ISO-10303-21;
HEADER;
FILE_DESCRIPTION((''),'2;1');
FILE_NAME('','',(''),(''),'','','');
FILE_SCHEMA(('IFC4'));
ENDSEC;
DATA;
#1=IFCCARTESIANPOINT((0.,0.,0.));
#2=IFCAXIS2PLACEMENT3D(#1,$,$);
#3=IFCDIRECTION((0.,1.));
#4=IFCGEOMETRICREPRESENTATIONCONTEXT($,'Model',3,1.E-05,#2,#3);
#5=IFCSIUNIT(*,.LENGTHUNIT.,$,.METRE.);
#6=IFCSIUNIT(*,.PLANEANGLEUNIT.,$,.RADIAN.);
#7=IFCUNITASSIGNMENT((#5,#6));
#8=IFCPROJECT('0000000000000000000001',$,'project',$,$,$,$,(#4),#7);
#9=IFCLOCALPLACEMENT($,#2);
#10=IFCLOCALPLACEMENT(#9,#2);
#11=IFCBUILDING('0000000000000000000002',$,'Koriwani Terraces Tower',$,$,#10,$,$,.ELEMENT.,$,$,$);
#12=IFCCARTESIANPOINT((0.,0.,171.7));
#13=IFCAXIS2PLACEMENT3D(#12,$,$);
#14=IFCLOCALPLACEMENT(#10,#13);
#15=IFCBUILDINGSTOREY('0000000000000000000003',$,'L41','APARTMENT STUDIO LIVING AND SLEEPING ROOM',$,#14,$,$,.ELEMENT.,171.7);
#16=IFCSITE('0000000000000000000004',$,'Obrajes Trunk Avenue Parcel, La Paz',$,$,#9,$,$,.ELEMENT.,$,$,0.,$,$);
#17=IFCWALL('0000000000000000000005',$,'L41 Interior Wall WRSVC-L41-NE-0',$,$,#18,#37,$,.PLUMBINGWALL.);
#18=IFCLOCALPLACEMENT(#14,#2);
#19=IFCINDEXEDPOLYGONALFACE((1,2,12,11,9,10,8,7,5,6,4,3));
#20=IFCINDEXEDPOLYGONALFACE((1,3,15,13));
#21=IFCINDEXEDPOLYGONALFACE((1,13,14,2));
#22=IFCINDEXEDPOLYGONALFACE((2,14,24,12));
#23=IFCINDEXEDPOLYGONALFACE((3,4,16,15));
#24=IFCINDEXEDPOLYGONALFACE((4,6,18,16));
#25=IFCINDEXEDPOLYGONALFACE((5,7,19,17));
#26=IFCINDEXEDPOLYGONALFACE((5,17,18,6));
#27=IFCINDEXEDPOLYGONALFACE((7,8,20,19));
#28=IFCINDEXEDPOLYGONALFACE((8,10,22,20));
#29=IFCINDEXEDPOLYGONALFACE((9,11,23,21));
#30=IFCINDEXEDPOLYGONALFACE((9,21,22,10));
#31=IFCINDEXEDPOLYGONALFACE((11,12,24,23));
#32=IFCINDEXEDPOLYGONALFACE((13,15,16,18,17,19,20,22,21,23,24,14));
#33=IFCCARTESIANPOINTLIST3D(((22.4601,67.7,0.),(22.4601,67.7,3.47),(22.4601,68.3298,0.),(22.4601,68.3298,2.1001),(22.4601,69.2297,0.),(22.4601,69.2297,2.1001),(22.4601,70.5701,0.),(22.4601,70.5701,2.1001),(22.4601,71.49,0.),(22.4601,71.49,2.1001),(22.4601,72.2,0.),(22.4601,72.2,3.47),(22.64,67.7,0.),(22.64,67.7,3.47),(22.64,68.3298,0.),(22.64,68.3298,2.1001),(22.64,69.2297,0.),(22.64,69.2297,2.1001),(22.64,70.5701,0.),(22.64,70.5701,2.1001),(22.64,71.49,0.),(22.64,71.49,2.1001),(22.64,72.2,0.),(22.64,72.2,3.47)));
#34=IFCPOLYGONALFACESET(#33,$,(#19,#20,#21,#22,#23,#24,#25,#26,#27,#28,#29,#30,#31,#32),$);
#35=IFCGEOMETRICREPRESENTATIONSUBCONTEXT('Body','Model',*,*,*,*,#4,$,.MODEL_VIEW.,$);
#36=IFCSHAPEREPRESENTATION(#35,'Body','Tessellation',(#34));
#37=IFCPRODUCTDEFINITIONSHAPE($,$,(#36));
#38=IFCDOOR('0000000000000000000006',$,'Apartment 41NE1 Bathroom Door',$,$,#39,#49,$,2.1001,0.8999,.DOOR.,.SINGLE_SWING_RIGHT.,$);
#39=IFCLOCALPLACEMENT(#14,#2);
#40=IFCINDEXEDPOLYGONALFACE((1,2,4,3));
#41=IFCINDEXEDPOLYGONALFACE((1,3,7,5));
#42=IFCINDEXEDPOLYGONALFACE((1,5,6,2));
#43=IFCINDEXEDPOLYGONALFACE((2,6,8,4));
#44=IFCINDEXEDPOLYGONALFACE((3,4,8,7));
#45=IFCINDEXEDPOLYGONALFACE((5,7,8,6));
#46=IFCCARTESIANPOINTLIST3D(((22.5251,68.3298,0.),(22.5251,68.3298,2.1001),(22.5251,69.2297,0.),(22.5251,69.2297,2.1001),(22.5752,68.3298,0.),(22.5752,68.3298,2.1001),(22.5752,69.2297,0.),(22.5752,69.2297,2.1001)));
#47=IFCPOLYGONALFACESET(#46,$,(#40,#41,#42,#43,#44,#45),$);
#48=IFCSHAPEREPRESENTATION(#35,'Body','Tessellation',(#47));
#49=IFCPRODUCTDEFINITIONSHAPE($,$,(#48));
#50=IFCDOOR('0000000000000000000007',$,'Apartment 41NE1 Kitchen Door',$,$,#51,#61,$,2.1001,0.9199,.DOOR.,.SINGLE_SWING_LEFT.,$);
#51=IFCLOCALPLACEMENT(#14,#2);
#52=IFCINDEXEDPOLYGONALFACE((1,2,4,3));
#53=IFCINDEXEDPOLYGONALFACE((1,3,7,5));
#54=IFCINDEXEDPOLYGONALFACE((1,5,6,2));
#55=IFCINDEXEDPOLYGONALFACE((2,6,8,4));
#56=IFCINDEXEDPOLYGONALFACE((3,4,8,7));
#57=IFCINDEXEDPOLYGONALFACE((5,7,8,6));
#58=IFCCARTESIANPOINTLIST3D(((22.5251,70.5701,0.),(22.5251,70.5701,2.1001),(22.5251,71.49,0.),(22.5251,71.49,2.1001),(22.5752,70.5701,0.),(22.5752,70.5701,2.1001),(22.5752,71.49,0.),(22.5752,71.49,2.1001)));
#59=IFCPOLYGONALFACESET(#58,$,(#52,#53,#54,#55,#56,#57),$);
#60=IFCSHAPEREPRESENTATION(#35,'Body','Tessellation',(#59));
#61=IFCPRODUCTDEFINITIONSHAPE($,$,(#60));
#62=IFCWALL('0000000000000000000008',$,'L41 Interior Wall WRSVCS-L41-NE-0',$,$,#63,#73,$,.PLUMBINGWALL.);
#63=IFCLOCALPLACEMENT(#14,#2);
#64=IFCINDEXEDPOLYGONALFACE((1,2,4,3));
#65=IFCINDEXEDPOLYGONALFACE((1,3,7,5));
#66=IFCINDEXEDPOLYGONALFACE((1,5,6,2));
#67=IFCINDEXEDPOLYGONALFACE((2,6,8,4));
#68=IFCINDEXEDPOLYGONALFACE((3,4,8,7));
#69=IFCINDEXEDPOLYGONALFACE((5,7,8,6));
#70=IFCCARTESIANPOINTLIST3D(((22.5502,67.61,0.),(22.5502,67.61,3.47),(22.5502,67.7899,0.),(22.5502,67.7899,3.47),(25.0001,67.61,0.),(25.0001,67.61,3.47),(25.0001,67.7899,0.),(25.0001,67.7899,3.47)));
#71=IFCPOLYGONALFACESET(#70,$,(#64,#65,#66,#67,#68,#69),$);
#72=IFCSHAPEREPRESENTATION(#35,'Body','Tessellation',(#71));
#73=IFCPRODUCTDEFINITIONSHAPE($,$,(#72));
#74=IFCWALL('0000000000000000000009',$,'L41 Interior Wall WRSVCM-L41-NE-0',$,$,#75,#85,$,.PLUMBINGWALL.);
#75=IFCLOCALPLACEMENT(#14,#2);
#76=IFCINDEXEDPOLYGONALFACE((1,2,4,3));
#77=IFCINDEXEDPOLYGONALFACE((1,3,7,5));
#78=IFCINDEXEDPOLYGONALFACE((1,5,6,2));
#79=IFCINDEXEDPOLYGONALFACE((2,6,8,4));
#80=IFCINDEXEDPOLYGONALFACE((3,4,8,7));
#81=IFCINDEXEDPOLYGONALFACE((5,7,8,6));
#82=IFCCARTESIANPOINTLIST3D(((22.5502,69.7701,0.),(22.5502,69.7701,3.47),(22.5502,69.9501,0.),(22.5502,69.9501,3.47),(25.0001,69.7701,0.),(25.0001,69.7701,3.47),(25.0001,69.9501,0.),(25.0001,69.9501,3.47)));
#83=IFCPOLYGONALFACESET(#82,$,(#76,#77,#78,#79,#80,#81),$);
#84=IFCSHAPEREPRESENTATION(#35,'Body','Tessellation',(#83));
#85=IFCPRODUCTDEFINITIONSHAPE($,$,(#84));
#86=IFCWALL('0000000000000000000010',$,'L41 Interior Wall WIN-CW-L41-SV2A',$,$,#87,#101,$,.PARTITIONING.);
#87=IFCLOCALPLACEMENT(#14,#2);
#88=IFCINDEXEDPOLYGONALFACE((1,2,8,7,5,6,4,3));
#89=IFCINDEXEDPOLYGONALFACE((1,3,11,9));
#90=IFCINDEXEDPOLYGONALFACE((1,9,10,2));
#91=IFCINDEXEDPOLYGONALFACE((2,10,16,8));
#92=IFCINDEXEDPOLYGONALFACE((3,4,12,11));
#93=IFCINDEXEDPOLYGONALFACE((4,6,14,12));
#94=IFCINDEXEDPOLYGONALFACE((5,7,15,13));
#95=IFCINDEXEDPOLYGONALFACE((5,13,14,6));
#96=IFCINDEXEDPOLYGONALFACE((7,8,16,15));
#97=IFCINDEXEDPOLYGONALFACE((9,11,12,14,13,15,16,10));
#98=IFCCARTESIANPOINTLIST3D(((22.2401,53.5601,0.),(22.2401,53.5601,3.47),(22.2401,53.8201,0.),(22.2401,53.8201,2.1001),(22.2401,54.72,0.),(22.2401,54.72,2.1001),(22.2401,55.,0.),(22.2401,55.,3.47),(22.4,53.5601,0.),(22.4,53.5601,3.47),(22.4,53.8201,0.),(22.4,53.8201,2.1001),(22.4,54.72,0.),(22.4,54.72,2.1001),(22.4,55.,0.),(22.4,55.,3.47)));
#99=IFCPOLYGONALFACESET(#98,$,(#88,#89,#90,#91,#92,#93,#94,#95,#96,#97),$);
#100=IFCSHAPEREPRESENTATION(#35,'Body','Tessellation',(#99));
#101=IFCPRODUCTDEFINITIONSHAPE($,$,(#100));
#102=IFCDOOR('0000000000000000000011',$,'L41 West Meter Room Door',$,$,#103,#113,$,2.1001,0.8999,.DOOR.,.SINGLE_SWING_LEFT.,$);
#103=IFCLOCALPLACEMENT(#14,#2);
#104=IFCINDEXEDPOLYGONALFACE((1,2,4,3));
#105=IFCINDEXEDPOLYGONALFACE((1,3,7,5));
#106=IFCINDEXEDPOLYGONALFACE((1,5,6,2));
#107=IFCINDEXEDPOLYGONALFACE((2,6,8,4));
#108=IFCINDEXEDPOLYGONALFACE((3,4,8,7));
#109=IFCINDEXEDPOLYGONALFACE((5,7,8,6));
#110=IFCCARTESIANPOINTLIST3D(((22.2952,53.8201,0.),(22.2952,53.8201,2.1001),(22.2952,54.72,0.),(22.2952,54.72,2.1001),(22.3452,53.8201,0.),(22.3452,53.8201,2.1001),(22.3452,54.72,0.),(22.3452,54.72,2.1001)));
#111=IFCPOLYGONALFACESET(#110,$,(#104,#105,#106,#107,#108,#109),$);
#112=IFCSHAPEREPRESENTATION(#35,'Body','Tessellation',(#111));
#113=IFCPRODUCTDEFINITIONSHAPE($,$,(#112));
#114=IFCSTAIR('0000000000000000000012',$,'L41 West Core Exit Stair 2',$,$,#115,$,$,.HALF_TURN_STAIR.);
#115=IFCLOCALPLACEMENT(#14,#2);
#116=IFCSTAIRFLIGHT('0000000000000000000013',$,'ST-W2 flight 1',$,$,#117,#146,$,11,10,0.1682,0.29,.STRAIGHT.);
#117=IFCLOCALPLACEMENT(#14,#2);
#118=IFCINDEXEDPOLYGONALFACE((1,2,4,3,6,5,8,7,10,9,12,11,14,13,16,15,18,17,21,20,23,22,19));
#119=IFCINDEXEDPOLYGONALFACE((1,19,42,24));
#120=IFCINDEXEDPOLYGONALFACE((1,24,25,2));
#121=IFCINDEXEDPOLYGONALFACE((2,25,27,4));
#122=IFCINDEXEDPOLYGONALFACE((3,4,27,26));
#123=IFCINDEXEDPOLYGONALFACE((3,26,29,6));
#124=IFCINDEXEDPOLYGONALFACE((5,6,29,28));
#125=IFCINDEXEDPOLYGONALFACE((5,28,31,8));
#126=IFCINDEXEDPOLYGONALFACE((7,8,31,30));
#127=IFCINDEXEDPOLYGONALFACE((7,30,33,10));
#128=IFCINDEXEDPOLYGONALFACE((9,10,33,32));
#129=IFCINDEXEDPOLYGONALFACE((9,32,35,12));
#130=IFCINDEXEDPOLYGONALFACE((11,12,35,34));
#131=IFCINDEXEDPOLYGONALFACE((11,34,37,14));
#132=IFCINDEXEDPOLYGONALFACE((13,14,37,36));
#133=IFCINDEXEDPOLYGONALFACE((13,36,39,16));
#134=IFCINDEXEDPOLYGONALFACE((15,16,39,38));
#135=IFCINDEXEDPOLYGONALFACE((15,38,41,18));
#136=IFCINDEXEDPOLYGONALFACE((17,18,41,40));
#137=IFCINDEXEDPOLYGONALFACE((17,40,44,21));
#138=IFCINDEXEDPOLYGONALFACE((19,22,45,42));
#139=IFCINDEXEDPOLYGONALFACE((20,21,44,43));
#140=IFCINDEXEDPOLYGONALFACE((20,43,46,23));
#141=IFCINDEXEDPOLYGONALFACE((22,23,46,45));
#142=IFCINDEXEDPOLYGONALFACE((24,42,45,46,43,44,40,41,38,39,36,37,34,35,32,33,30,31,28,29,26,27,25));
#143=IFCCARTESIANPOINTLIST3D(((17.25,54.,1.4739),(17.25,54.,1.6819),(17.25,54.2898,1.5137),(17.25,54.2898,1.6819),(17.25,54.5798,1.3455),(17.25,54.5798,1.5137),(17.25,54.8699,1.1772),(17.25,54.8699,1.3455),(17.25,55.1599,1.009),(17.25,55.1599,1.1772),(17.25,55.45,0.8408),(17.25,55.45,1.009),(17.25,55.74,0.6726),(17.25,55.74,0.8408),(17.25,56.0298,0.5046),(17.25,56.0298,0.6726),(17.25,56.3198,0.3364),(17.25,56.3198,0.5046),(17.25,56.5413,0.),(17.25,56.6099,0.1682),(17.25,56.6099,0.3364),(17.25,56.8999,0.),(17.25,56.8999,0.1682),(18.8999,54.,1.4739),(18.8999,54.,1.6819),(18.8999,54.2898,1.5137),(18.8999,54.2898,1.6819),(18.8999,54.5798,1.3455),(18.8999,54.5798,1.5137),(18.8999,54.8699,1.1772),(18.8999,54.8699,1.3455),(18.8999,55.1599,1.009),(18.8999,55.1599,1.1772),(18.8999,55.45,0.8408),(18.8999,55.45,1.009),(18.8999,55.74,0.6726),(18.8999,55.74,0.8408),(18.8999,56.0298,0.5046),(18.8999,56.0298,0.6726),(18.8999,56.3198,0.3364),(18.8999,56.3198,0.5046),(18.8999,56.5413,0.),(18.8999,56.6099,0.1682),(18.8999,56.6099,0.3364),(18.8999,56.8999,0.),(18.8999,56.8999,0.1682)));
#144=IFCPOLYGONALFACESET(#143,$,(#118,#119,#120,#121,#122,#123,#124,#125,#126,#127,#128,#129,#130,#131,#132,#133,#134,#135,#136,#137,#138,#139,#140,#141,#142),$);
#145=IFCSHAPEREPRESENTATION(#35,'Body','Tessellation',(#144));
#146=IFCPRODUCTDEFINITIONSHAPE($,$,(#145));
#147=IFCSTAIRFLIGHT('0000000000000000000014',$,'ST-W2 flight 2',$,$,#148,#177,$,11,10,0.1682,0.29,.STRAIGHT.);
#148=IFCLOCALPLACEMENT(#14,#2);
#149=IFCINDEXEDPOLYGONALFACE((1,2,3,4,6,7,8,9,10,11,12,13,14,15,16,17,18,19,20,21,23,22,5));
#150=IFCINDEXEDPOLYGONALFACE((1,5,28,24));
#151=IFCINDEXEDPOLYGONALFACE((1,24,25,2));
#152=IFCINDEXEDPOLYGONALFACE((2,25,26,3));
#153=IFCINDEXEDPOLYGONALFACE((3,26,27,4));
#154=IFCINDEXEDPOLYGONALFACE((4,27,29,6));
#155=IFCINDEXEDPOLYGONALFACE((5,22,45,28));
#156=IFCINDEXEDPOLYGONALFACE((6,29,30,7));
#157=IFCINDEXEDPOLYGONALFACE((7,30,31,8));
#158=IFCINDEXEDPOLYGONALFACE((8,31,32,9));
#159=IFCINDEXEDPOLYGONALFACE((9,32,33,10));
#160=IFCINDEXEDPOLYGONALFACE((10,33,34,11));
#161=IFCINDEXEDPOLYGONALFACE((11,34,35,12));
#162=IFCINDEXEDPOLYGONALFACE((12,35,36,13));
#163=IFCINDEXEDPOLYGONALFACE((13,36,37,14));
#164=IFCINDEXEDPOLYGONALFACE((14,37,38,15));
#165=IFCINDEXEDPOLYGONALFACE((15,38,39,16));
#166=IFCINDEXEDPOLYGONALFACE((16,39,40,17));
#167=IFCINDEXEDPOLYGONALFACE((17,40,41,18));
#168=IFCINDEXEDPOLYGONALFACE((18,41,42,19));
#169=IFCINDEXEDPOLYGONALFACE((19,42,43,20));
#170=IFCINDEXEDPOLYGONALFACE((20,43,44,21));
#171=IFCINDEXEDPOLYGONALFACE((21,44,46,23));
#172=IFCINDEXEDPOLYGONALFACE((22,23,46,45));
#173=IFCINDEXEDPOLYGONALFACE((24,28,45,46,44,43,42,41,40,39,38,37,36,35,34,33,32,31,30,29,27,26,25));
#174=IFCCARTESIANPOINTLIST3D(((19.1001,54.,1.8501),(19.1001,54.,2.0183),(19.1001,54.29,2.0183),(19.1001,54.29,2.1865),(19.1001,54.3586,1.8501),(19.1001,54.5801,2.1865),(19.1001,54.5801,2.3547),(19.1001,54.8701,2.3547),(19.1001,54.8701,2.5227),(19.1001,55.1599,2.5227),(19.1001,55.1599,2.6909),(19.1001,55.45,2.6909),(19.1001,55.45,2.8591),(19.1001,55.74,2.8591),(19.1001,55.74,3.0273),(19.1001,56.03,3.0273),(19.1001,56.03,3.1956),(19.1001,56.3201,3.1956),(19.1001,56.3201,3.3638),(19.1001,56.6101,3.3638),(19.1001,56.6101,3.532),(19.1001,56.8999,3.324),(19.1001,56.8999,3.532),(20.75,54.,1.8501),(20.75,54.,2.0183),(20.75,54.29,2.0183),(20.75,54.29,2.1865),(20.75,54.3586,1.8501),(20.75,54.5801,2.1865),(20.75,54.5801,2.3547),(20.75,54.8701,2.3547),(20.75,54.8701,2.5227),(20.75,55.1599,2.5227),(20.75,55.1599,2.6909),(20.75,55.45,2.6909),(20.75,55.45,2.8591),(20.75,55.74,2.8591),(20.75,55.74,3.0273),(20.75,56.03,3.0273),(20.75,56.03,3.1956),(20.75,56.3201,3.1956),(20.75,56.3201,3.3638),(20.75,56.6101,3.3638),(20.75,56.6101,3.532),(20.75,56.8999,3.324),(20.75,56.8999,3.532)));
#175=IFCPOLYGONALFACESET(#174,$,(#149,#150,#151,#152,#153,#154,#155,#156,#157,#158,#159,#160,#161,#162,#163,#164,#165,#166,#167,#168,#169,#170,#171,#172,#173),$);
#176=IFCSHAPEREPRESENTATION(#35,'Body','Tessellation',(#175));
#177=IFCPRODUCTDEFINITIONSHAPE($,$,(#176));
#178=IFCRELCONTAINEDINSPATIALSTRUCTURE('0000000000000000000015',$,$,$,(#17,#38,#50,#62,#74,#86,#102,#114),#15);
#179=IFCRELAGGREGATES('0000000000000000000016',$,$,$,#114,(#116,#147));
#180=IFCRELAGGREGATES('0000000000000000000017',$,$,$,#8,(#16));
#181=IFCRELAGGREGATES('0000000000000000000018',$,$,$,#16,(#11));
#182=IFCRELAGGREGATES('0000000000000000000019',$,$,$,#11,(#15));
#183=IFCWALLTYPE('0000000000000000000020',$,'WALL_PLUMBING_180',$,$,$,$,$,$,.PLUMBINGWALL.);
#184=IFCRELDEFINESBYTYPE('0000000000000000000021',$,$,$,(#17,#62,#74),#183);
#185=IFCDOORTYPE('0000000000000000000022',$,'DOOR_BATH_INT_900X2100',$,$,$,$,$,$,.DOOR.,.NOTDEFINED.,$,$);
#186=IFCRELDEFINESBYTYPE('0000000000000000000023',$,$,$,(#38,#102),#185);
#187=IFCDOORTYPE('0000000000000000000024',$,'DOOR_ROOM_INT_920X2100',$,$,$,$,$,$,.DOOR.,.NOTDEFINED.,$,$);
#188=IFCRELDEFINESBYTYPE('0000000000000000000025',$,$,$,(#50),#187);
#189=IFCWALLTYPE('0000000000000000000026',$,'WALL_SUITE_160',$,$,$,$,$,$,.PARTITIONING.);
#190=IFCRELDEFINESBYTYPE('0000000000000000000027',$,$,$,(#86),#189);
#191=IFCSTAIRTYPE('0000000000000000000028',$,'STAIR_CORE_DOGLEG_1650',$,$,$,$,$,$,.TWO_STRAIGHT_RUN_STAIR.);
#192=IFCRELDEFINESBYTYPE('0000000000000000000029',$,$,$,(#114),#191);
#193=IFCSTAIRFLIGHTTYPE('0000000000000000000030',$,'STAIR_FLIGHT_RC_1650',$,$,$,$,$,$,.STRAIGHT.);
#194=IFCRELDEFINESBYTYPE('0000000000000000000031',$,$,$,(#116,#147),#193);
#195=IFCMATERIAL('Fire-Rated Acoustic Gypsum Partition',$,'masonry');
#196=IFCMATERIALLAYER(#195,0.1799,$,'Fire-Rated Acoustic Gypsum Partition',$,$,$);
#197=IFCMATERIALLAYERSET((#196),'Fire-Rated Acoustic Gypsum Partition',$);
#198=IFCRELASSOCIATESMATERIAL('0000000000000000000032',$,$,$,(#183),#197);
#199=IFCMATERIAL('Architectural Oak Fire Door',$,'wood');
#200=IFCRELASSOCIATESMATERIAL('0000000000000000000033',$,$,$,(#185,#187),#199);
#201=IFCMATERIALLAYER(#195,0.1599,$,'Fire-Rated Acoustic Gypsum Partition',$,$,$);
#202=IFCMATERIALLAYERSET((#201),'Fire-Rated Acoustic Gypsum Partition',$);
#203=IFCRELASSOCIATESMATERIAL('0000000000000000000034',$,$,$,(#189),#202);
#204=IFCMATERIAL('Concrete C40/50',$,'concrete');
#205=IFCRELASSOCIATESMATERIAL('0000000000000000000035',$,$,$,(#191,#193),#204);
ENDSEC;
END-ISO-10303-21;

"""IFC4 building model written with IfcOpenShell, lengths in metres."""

from ifc_helpers import new_model, si_unit, direction, frame, frame_2d, origin, place, context, subcontext, project, spatial, polyline, rectangle, outline, extrude, material, layer, layer_set, type_object, element, fill, aggregate, save


model = new_model("IFC4")

# Units and contexts
model_context = context("Model", 3, precision=1e-05, world=origin(), true_north=direction((0.0, 1.0)))
body_context = subcontext(model_context, "Body", "Model", "MODEL_VIEW")
ifc_project = project(units=[si_unit("LENGTHUNIT", "METRE"), si_unit("PLANEANGLEUNIT", "RADIAN")], contexts=[model_context])

# Site, building, storey
site_placement = place(None, origin())
site = spatial("IfcSite", under=ifc_project, at=site_placement, Name="Obrajes Trunk Avenue Parcel, La Paz", CompositionType="ELEMENT", RefElevation=0.0)
building_placement = place(site_placement, origin())
building = spatial("IfcBuilding", under=site, at=building_placement, Name="Koriwani Terraces Tower", CompositionType="ELEMENT")
storey_placement = place(building_placement, frame((0.0, 0.0, 171.7)))
storey = spatial("IfcBuildingStorey", under=building, at=storey_placement, Name="L41", Description="APARTMENT STUDIO LIVING AND SLEEPING ROOM", CompositionType="ELEMENT", Elevation=171.7)

# Shared definitions
ifc_material_1 = material(Name="Concrete C40/50", Category="concrete")

# Shared definitions
ifc_material_2 = material(Name="Architectural Oak Fire Door", Category="wood")

# Wall, openings, doors
ifc_material_3 = material(Name="Fire-Rated Acoustic Gypsum Partition", Category="masonry")
ifc_layer_1 = layer(ifc_material_3, 0.1799, Name="Fire-Rated Acoustic Gypsum Partition")
ifc_layer_set_1 = layer_set([ifc_layer_1], Name="Fire-Rated Acoustic Gypsum Partition")
wall_type_1 = type_object("IfcWallType", Name="WALL_PLUMBING_180", PredefinedType="PLUMBINGWALL", material=ifc_layer_set_1)
wall_1_placement = place(storey_placement, frame((22.55, 67.7, 0.0), z_axis=(0.0, 0.0, 1.0), x_axis=(0.0, 1.0, 0.0)))
wall_1 = element("IfcWall", 1, at=wall_1_placement, inside=storey, type_object=wall_type_1, Name="L41 Interior Wall WRSVC-L41-NE-0", PredefinedType="PLUMBINGWALL", context=body_context, shape_type="SweptSolid", body=[
    extrude(rectangle(XDim=4.5, YDim=0.1799, at=frame_2d((2.25, 0.0))), origin(), (0.0, 0.0, 1.0), 3.47),
])
opening_1_placement = place(wall_1_placement, frame((0.6299, 0.0, 0.0)))
opening_1 = element("IfcOpeningElement", 2, at=opening_1_placement, cuts=wall_1, PredefinedType="OPENING", context=body_context, shape_type="SweptSolid", body=[
    extrude(rectangle(XDim=0.8999, YDim=2.1001, at=frame_2d((0.45, 1.05))), frame((0.0, 0.1001, 0.0), z_axis=(0.0, -1.0, 0.0), x_axis=(1.0, 0.0, 0.0)), (0.0, 0.0, 1.0), 0.2),
])
opening_2_placement = place(wall_1_placement, frame((2.8701, 0.0, 0.0)))
opening_2 = element("IfcOpeningElement", 3, at=opening_2_placement, cuts=wall_1, PredefinedType="OPENING", context=body_context, shape_type="SweptSolid", body=[
    extrude(rectangle(XDim=0.9199, YDim=2.1001, at=frame_2d((0.46, 1.05))), frame((0.0, 0.1001, 0.0), z_axis=(0.0, -1.0, 0.0), x_axis=(1.0, 0.0, 0.0)), (0.0, 0.0, 1.0), 0.2),
])
door_type_1 = type_object("IfcDoorType", Name="DOOR_BATH_INT_900X2100", OperationType="NOTDEFINED", PredefinedType="DOOR", material=ifc_material_2)
door_1_placement = place(opening_1_placement, origin())
door_1 = element("IfcDoor", 4, at=door_1_placement, inside=storey, type_object=door_type_1, Name="Apartment 41NE1 Bathroom Door", OperationType="SINGLE_SWING_RIGHT", OverallHeight=2.1001, OverallWidth=0.8999, PredefinedType="DOOR", context=body_context, shape_type="SweptSolid", body=[
    extrude(rectangle(XDim=0.8999, YDim=2.1001, at=frame_2d((0.45, 1.05))), frame((0.0, 0.0249, 0.0), z_axis=(0.0, -1.0, 0.0), x_axis=(1.0, 0.0, 0.0)), (0.0, 0.0, 1.0), 0.05),
])
fill(opening_1, door_1)
door_type_2 = type_object("IfcDoorType", Name="DOOR_ROOM_INT_920X2100", OperationType="NOTDEFINED", PredefinedType="DOOR", material=ifc_material_2)
door_2_placement = place(opening_2_placement, origin())
door_2 = element("IfcDoor", 5, at=door_2_placement, inside=storey, type_object=door_type_2, Name="Apartment 41NE1 Kitchen Door", OperationType="SINGLE_SWING_LEFT", OverallHeight=2.1001, OverallWidth=0.9199, PredefinedType="DOOR", context=body_context, shape_type="SweptSolid", body=[
    extrude(rectangle(XDim=0.9199, YDim=2.1001, at=frame_2d((0.46, 1.05))), frame((0.0, 0.0249, 0.0), z_axis=(0.0, -1.0, 0.0), x_axis=(1.0, 0.0, 0.0)), (0.0, 0.0, 1.0), 0.05),
])
fill(opening_2, door_2)

# Walls
for number, where, z_axis, x_axis, name in (
    (6, (22.55, 67.7, 0.0), (0.0, 0.0, 1.0), (1.0, 0.0, 0.0), "L41 Interior Wall WRSVCS-L41-NE-0"),
    (7, (22.55, 69.8601, 0.0), (0.0, 0.0, 1.0), (1.0, 0.0, 0.0), "L41 Interior Wall WRSVCM-L41-NE-0"),
):
    element("IfcWall", number, at=place(storey_placement, frame(where, z_axis=z_axis, x_axis=x_axis)), inside=storey, type_object=wall_type_1, Name=name, PredefinedType="PLUMBINGWALL", context=body_context, shape_type="SweptSolid", body=[
        extrude(rectangle(XDim=2.45, YDim=0.1799, at=frame_2d((1.2251, 0.0))), origin(), (0.0, 0.0, 1.0), 3.47),
    ])

# Wall, opening, door
ifc_layer_2 = layer(ifc_material_3, 0.1599, Name="Fire-Rated Acoustic Gypsum Partition")
ifc_layer_set_2 = layer_set([ifc_layer_2], Name="Fire-Rated Acoustic Gypsum Partition")
wall_type_2 = type_object("IfcWallType", Name="WALL_SUITE_160", PredefinedType="PARTITIONING", material=ifc_layer_set_2)
wall_2_placement = place(storey_placement, frame((22.3201, 53.5601, 0.0), z_axis=(0.0, 0.0, 1.0), x_axis=(0.0, 1.0, 0.0)))
wall_2 = element("IfcWall", 8, at=wall_2_placement, inside=storey, type_object=wall_type_2, Name="L41 Interior Wall WIN-CW-L41-SV2A", PredefinedType="PARTITIONING", context=body_context, shape_type="SweptSolid", body=[
    extrude(rectangle(XDim=1.4399, YDim=0.1599, at=frame_2d((0.72, 0.0))), origin(), (0.0, 0.0, 1.0), 3.47),
])
opening_3_placement = place(wall_2_placement, frame((0.26, 0.0, 0.0)))
opening_3 = element("IfcOpeningElement", 9, at=opening_3_placement, cuts=wall_2, PredefinedType="OPENING", context=body_context, shape_type="SweptSolid", body=[
    extrude(rectangle(XDim=0.8999, YDim=2.1001, at=frame_2d((0.45, 1.05))), frame((0.0, 0.0898, 0.0), z_axis=(0.0, -1.0, 0.0), x_axis=(1.0, 0.0, 0.0)), (0.0, 0.0, 1.0), 0.1799),
])
door_3_placement = place(opening_3_placement, origin())
door_3 = element("IfcDoor", 10, at=door_3_placement, inside=storey, type_object=door_type_1, Name="L41 West Meter Room Door", OperationType="SINGLE_SWING_LEFT", OverallHeight=2.1001, OverallWidth=0.8999, PredefinedType="DOOR", context=body_context, shape_type="SweptSolid", body=[
    extrude(rectangle(XDim=0.8999, YDim=2.1001, at=frame_2d((0.45, 1.05))), frame((0.0, 0.0249, 0.0), z_axis=(0.0, -1.0, 0.0), x_axis=(1.0, 0.0, 0.0)), (0.0, 0.0, 1.0), 0.05),
])
fill(opening_3, door_3)

# Stair, stair flights
stair_type = type_object("IfcStairType", Name="STAIR_CORE_DOGLEG_1650", PredefinedType="TWO_STRAIGHT_RUN_STAIR", material=ifc_material_1)
stair_placement = place(storey_placement, origin())
stair = element("IfcStair", 11, at=stair_placement, inside=storey, type_object=stair_type, Name="L41 West Core Exit Stair 2", PredefinedType="HALF_TURN_STAIR")
stair_flight_type = type_object("IfcStairFlightType", Name="STAIR_FLIGHT_RC_1650", PredefinedType="STRAIGHT", material=ifc_material_1)
stair_flight_1_placement = place(storey_placement, frame((18.075, 56.8999, 0.0), z_axis=(0.0, 0.0, 1.0), x_axis=(0.0, -1.0, 0.0)))
stair_flight_1 = element("IfcStairFlight", 12, at=stair_flight_1_placement, type_object=stair_flight_type, Name="ST-W2 flight 1", NumberOfRisers=11, NumberOfTreads=10, PredefinedType="STRAIGHT", RiserHeight=0.1682, TreadLength=0.29, context=body_context, shape_type="SweptSolid", body=[
    extrude(outline(polyline([(0.0, 0.0), (0.0, 0.1682), (0.29, 0.1682), (0.29, 0.3364), (0.5801, 0.3364), (0.5801, 0.5046), (0.8701, 0.5046), (0.8701, 0.6726), (1.1599, 0.6726), (1.1599, 0.8408), (1.45, 0.8408), (1.45, 1.009), (1.74, 1.009), (1.74, 1.1772), (2.03, 1.1772), (2.03, 1.3455), (2.3201, 1.3455), (2.3201, 1.5137), (2.6101, 1.5137), (2.6101, 1.6819), (2.8999, 1.6819), (2.8999, 1.8501), (2.8999, 1.4739), (0.3586, 0.0), (0.0, 0.0)])), frame((0.0, 0.825, 0.0), z_axis=(0.0, -1.0, 0.0), x_axis=(1.0, 0.0, 0.0)), (0.0, 0.0, 1.0), 1.6499),
])
stair_flight_2_placement = place(storey_placement, frame((19.925, 54.0, 1.8501), z_axis=(0.0, 0.0, 1.0), x_axis=(0.0, 1.0, 0.0)))
stair_flight_2 = element("IfcStairFlight", 13, at=stair_flight_2_placement, type_object=stair_flight_type, Name="ST-W2 flight 2", NumberOfRisers=11, NumberOfTreads=10, PredefinedType="STRAIGHT", RiserHeight=0.1682, TreadLength=0.29, context=body_context, shape_type="SweptSolid", body=[
    extrude(outline(polyline([(0.0, 0.0), (0.0, 0.1682), (0.29, 0.1682), (0.29, 0.3364), (0.5801, 0.3364), (0.5801, 0.5046), (0.8701, 0.5046), (0.8701, 0.6726), (1.1599, 0.6726), (1.1599, 0.8408), (1.45, 0.8408), (1.45, 1.009), (1.74, 1.009), (1.74, 1.1772), (2.03, 1.1772), (2.03, 1.3455), (2.3201, 1.3455), (2.3201, 1.5137), (2.6101, 1.5137), (2.6101, 1.6819), (2.8999, 1.6819), (2.8999, 1.8501), (2.8999, 1.4739), (0.3586, 0.0), (0.0, 0.0)])), frame((0.0, 0.825, 0.0), z_axis=(0.0, -1.0, 0.0), x_axis=(1.0, 0.0, 0.0)), (0.0, 0.0, 1.0), 1.6499),
])
aggregate(stair, [stair_flight_1, stair_flight_2])

save(model, "model.ifc")
